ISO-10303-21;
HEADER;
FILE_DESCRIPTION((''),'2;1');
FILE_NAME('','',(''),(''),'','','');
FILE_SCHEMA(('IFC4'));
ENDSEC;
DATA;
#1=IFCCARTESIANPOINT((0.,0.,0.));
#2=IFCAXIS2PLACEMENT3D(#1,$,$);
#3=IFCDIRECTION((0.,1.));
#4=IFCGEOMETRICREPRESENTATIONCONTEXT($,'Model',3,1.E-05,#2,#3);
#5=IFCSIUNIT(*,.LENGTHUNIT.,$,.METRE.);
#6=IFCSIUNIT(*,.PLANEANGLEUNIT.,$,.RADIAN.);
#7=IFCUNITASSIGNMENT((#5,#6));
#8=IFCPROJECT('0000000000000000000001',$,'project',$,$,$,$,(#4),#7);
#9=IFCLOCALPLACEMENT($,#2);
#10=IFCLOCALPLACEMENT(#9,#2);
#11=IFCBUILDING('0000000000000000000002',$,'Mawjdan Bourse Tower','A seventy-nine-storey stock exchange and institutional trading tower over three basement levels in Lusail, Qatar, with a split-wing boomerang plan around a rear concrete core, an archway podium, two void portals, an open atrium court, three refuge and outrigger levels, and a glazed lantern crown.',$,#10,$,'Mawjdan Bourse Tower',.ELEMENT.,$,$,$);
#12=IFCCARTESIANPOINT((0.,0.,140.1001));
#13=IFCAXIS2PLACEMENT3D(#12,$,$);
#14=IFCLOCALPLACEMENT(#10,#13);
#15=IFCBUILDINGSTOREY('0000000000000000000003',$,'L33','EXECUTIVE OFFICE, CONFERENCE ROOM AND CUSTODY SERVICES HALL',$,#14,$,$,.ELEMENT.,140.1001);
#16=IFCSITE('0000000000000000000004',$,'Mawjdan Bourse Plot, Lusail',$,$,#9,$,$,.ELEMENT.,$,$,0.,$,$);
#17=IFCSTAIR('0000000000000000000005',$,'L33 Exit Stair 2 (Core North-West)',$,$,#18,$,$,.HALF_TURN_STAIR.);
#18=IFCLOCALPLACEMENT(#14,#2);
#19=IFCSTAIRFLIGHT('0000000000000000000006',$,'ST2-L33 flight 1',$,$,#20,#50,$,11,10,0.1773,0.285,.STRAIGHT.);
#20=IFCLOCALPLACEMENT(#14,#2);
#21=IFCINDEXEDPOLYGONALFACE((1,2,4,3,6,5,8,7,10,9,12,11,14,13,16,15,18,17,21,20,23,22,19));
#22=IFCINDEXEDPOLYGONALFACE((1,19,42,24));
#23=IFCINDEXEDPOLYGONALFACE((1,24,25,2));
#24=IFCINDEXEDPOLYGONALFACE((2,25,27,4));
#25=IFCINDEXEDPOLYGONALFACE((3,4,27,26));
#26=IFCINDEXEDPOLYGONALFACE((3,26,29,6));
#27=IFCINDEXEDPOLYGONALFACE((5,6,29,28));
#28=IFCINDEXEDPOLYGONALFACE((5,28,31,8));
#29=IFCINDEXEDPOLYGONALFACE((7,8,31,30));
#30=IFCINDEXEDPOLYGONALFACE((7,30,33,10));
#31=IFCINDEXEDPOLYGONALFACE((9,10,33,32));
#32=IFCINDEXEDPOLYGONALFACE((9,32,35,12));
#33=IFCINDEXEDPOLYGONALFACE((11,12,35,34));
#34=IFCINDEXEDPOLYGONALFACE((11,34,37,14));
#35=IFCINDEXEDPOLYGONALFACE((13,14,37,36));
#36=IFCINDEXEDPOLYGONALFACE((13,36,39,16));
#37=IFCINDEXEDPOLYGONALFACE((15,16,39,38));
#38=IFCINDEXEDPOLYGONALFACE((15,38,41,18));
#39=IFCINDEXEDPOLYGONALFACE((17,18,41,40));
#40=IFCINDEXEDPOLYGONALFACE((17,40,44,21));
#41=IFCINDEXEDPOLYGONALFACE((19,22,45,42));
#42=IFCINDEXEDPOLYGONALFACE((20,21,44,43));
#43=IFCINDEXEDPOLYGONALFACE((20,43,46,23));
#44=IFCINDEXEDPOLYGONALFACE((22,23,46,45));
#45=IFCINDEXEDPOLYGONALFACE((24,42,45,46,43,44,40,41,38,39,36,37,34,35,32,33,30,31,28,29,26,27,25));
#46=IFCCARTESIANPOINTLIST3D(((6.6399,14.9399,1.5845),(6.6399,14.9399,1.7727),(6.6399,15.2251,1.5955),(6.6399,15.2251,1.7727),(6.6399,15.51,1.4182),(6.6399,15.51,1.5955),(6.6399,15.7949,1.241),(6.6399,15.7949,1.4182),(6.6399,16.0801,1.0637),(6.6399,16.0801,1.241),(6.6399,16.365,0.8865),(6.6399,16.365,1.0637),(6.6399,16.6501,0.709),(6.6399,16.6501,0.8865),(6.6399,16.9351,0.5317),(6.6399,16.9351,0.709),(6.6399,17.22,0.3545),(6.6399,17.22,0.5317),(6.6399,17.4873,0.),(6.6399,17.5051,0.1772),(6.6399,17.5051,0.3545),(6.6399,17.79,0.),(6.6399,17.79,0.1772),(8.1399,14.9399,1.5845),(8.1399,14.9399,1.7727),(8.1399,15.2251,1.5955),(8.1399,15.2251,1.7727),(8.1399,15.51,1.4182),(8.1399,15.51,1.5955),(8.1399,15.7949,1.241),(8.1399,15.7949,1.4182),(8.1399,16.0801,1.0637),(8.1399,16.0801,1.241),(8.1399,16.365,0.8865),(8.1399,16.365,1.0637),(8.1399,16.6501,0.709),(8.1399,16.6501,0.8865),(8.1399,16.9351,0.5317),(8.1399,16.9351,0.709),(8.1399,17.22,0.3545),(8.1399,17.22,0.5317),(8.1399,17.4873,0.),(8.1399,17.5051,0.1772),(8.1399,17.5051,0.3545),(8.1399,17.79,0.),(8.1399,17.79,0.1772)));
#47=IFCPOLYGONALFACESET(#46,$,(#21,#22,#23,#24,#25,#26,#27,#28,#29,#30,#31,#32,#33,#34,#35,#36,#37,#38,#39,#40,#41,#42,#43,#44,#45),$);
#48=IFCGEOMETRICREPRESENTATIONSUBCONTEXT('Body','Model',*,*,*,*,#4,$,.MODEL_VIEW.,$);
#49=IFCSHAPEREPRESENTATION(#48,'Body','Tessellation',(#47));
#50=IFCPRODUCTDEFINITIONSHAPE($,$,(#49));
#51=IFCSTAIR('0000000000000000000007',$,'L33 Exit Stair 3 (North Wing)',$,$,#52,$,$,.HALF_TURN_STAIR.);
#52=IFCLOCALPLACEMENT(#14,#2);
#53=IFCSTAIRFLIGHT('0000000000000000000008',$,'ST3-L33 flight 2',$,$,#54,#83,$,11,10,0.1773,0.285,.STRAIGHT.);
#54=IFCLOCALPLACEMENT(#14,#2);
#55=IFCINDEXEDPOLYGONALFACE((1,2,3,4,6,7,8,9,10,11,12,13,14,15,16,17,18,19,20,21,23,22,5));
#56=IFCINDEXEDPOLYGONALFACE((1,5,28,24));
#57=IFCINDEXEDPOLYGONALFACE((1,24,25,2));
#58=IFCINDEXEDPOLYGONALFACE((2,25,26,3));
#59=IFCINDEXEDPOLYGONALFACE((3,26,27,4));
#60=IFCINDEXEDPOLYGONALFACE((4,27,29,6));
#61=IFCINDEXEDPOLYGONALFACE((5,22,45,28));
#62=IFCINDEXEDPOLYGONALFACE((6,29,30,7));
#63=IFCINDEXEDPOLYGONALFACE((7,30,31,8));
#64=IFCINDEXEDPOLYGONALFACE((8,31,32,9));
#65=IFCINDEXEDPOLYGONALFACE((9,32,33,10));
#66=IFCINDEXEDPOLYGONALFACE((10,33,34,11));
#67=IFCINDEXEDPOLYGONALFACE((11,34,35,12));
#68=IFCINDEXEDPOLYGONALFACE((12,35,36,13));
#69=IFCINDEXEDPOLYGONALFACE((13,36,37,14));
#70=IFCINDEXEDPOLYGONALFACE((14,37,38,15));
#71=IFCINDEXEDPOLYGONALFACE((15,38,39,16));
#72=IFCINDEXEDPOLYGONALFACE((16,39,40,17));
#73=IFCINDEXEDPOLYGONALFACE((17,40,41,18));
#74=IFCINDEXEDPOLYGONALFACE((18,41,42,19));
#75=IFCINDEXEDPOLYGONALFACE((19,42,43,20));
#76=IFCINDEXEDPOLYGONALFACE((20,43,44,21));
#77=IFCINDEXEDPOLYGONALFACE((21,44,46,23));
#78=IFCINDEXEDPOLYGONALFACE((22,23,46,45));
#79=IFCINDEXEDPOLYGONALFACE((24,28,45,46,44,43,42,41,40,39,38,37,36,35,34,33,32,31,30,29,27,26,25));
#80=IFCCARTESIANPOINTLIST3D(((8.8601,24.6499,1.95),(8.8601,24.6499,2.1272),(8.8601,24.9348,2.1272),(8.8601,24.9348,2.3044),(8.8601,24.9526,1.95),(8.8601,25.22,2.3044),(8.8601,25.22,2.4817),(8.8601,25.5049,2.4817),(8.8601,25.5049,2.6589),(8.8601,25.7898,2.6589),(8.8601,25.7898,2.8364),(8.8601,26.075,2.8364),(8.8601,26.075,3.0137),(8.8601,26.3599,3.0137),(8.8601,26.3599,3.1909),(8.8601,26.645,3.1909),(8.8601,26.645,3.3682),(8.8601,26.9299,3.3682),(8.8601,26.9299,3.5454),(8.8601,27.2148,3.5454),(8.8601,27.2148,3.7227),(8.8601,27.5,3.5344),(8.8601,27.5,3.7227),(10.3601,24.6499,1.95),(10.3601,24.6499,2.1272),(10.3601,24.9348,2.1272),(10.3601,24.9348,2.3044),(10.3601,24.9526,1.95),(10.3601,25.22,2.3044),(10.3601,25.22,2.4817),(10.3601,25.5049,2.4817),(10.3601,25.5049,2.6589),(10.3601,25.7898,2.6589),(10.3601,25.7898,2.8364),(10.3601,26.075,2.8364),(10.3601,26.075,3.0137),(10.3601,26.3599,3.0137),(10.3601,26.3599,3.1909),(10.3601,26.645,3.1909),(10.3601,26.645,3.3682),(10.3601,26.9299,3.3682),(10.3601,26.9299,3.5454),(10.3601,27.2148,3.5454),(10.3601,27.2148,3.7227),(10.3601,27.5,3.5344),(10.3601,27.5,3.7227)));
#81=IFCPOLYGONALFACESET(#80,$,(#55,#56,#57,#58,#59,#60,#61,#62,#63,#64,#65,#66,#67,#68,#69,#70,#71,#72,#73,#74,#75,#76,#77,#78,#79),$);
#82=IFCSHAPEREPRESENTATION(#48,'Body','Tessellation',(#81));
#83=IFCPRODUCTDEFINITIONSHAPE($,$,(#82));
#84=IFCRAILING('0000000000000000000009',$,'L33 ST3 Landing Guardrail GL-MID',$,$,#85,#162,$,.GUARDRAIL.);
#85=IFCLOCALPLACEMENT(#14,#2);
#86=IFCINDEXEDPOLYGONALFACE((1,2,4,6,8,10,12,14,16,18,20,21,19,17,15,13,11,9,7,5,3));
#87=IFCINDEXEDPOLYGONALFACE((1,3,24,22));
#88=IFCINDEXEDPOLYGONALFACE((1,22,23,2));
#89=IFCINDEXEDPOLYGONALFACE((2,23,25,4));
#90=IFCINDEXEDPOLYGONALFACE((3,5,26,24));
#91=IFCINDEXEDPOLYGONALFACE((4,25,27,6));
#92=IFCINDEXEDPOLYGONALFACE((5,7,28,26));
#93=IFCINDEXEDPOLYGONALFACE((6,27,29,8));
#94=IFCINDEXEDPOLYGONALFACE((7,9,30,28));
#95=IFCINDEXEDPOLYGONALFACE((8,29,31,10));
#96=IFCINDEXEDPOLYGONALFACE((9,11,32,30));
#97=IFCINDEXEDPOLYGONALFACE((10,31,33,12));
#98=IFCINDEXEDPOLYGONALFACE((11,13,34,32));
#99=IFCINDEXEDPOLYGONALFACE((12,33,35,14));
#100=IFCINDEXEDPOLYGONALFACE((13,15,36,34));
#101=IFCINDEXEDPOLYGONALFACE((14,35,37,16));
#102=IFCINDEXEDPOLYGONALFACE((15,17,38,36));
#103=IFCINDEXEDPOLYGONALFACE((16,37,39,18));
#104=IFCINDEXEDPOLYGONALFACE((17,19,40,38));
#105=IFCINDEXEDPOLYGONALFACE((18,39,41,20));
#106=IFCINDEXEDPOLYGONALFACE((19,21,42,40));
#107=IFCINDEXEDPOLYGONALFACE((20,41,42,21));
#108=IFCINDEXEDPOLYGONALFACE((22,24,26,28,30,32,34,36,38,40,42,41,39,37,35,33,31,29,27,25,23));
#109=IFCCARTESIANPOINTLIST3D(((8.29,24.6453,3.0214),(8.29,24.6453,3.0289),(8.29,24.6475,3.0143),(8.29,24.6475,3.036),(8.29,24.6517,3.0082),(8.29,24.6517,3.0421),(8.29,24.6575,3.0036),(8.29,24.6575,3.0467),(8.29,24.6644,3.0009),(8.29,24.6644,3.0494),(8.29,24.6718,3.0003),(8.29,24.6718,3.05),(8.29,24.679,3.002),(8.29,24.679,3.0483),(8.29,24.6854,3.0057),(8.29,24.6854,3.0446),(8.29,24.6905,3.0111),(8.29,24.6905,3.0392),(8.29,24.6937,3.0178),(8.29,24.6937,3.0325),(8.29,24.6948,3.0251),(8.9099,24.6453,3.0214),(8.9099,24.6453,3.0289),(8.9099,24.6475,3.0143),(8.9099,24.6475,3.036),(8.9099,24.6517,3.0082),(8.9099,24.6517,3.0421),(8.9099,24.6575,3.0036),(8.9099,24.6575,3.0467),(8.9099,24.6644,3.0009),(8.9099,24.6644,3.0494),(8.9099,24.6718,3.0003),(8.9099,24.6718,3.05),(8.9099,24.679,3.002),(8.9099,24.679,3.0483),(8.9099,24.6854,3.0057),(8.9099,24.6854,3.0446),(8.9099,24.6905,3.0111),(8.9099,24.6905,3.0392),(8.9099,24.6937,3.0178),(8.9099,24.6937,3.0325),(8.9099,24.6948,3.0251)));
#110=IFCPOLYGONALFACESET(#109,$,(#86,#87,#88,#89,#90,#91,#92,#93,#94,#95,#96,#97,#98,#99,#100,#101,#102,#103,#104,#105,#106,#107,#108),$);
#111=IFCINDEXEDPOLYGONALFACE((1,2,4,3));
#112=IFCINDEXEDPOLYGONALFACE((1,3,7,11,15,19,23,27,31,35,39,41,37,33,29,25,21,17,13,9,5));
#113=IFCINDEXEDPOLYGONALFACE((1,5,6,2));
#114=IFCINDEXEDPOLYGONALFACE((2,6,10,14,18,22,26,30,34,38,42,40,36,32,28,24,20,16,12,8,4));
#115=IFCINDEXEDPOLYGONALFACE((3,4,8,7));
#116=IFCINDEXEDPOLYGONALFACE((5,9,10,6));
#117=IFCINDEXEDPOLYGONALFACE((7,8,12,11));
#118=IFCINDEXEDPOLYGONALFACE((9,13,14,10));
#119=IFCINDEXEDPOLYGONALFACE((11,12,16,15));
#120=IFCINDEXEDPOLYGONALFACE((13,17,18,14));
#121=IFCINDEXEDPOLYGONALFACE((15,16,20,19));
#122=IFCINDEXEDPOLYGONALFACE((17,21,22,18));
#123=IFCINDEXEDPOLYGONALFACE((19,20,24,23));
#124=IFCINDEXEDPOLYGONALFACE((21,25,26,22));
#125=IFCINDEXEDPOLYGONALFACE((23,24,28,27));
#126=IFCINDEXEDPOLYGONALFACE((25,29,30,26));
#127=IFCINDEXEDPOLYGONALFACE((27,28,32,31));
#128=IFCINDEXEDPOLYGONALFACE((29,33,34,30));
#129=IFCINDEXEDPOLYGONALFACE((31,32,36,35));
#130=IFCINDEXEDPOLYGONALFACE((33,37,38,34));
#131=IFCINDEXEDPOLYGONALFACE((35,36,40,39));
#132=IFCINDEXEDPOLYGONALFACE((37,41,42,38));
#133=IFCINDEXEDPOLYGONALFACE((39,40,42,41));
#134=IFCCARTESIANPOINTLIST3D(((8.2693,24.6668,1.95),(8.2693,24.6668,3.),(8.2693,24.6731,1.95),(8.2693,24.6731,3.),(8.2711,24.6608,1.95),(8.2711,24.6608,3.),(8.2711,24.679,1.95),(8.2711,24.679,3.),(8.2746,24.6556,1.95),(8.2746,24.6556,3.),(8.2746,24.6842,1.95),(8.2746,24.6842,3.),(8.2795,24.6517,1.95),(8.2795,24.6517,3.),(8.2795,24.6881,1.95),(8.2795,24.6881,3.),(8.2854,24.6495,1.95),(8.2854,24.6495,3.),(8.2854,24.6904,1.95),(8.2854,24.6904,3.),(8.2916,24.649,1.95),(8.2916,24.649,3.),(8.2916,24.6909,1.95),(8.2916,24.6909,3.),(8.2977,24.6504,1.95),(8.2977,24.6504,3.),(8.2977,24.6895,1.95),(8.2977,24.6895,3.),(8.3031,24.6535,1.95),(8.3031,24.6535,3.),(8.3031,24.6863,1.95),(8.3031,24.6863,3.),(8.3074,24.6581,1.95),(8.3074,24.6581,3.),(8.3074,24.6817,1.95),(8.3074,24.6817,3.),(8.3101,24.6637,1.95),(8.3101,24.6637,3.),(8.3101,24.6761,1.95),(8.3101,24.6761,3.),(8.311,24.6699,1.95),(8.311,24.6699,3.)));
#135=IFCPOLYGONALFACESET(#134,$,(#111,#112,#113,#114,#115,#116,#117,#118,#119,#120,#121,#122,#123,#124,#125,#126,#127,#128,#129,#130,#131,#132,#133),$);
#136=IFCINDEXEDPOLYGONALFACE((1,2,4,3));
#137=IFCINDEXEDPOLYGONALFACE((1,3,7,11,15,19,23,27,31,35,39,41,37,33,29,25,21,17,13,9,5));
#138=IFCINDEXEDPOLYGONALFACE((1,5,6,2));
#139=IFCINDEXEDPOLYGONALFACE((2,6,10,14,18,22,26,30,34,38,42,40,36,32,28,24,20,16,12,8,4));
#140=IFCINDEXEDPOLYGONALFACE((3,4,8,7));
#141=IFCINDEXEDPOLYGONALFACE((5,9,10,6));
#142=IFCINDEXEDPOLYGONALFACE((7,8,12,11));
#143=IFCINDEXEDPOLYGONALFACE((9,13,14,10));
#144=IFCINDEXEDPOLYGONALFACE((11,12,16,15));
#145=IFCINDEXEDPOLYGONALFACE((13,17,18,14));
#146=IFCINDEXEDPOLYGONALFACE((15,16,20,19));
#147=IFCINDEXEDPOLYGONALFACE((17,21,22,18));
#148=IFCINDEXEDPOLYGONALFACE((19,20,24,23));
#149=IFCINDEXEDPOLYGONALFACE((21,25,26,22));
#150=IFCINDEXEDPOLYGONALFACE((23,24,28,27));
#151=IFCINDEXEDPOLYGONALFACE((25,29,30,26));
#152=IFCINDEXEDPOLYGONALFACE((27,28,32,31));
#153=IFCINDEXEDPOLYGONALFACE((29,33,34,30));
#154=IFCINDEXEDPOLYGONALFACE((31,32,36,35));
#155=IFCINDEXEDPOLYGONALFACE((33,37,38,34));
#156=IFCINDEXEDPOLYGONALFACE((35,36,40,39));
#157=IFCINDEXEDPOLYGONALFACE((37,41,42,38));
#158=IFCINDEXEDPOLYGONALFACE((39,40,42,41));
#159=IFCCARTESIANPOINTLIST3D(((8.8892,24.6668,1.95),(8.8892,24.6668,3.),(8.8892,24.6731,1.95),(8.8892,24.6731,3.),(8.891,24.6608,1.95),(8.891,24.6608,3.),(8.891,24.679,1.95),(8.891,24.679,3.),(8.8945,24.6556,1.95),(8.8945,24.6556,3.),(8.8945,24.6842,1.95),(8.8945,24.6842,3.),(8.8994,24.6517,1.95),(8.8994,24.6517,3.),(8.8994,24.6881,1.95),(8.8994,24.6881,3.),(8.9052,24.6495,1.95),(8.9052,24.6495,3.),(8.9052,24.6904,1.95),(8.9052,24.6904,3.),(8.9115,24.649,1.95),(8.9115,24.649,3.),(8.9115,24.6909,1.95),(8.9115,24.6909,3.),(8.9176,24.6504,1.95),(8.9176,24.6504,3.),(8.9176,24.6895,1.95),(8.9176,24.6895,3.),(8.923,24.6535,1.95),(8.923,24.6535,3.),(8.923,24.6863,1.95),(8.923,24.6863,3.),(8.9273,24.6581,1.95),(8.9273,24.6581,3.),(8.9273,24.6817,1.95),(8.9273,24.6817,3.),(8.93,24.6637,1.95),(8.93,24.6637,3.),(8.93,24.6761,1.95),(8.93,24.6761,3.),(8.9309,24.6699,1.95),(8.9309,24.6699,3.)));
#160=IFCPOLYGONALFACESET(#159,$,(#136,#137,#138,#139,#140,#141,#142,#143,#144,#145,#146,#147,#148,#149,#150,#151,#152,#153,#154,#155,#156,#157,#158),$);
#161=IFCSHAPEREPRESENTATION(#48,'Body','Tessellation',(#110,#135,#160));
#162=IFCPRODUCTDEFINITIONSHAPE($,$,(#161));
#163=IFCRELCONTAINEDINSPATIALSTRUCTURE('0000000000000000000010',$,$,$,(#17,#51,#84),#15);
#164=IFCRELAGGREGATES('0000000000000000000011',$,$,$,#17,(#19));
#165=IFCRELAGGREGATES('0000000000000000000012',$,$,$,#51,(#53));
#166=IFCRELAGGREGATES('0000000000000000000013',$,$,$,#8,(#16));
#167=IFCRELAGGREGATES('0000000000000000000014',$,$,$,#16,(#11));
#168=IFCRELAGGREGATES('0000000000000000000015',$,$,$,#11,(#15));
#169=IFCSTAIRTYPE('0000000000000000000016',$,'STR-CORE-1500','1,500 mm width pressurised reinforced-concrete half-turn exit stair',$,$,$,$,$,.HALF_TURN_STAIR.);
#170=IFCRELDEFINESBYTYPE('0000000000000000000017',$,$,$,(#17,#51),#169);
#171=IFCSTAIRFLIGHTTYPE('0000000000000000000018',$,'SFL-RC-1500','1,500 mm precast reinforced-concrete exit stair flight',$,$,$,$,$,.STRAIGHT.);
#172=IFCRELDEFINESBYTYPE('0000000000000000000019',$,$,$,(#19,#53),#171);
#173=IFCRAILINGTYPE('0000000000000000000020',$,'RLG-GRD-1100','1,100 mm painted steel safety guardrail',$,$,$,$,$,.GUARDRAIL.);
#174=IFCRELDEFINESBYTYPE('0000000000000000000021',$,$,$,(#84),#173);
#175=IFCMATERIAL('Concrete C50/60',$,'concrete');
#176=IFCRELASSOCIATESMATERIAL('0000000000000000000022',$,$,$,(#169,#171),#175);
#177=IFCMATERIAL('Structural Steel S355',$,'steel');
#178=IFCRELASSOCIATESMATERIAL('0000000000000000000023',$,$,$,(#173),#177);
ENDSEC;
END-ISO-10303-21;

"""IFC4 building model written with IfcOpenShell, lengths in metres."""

from ifc_helpers import new_model, si_unit, direction, frame, origin, origin_2d, place, context, subcontext, project, spatial, polyline, circle, outline, extrude, material, type_object, element, aggregate, save


model = new_model("IFC4")

# Units and contexts
model_context = context("Model", 3, precision=1e-05, world=origin(), true_north=direction((0.0, 1.0)))
body_context = subcontext(model_context, "Body", "Model", "MODEL_VIEW")
ifc_project = project(units=[si_unit("LENGTHUNIT", "METRE"), si_unit("PLANEANGLEUNIT", "RADIAN")], contexts=[model_context])

# Site, building, storey
site_placement = place(None, origin())
site = spatial("IfcSite", under=ifc_project, at=site_placement, Name="Mawjdan Bourse Plot, Lusail", CompositionType="ELEMENT", RefElevation=0.0)
building_placement = place(site_placement, origin())
building = spatial("IfcBuilding", under=site, at=building_placement, Name="Mawjdan Bourse Tower", Description="A seventy-nine-storey stock exchange and institutional trading tower over three basement levels in Lusail, Qatar, with a split-wing boomerang plan around a rear concrete core, an archway podium, two void portals, an open atrium court, three refuge and outrigger levels, and a glazed lantern crown.", LongName="Mawjdan Bourse Tower", CompositionType="ELEMENT")
storey_placement = place(building_placement, frame((0.0, 0.0, 140.1001)))
storey = spatial("IfcBuildingStorey", under=building, at=storey_placement, Name="L33", Description="EXECUTIVE OFFICE, CONFERENCE ROOM AND CUSTODY SERVICES HALL", CompositionType="ELEMENT", Elevation=140.1001)

# Shared definitions
ifc_material_1 = material(Name="Structural Steel S355", Category="steel")

# Shared definitions
ifc_material_2 = material(Name="Concrete C50/60", Category="concrete")

# Stairs, stair flights
stair_type = type_object("IfcStairType", Name="STR-CORE-1500", Description="1,500 mm width pressurised reinforced-concrete half-turn exit stair", PredefinedType="HALF_TURN_STAIR", material=ifc_material_2)
stair_1_placement = place(storey_placement, origin())
stair_1 = element("IfcStair", 1, at=stair_1_placement, inside=storey, type_object=stair_type, Name="L33 Exit Stair 2 (Core North-West)", PredefinedType="HALF_TURN_STAIR")
stair_flight_type = type_object("IfcStairFlightType", Name="SFL-RC-1500", Description="1,500 mm precast reinforced-concrete exit stair flight", PredefinedType="STRAIGHT", material=ifc_material_2)
stair_flight_1_placement = place(storey_placement, frame((7.3899, 17.79, 0.0), z_axis=(0.0, 0.0, 1.0), x_axis=(0.0, -1.0, 0.0)))
stair_flight_1 = element("IfcStairFlight", 2, at=stair_flight_1_placement, type_object=stair_flight_type, Name="ST2-L33 flight 1", NumberOfRisers=11, NumberOfTreads=10, PredefinedType="STRAIGHT", RiserHeight=0.1773, TreadLength=0.285, context=body_context, shape_type="SweptSolid", body=[
    extrude(outline(polyline([(0.0, 0.0), (0.0, 0.1772), (0.2849, 0.1772), (0.2849, 0.3545), (0.5701, 0.3545), (0.5701, 0.5317), (0.855, 0.5317), (0.855, 0.709), (1.1399, 0.709), (1.1399, 0.8865), (1.425, 0.8865), (1.425, 1.0637), (1.71, 1.0637), (1.71, 1.241), (1.9951, 1.241), (1.9951, 1.4182), (2.28, 1.4182), (2.28, 1.5955), (2.5649, 1.5955), (2.5649, 1.7727), (2.8501, 1.7727), (2.8501, 1.95), (2.8501, 1.5845), (0.3027, 0.0), (0.0, 0.0)])), frame((0.0, 0.75, 0.0), z_axis=(0.0, -1.0, 0.0), x_axis=(1.0, 0.0, 0.0)), (0.0, 0.0, 1.0), 1.5),
])
aggregate(stair_1, [stair_flight_1])
stair_2_placement = place(storey_placement, origin())
stair_2 = element("IfcStair", 3, at=stair_2_placement, inside=storey, type_object=stair_type, Name="L33 Exit Stair 3 (North Wing)", PredefinedType="HALF_TURN_STAIR")
stair_flight_2_placement = place(storey_placement, frame((9.6101, 24.6499, 1.95), z_axis=(0.0, 0.0, 1.0), x_axis=(0.0, 1.0, 0.0)))
stair_flight_2 = element("IfcStairFlight", 4, at=stair_flight_2_placement, type_object=stair_flight_type, Name="ST3-L33 flight 2", NumberOfRisers=11, NumberOfTreads=10, PredefinedType="STRAIGHT", RiserHeight=0.1773, TreadLength=0.285, context=body_context, shape_type="SweptSolid", body=[
    extrude(outline(polyline([(0.0, 0.0), (0.0, 0.1772), (0.2849, 0.1772), (0.2849, 0.3545), (0.5701, 0.3545), (0.5701, 0.5317), (0.855, 0.5317), (0.855, 0.709), (1.1399, 0.709), (1.1399, 0.8865), (1.425, 0.8865), (1.425, 1.0637), (1.71, 1.0637), (1.71, 1.241), (1.9951, 1.241), (1.9951, 1.4182), (2.28, 1.4182), (2.28, 1.5955), (2.5649, 1.5955), (2.5649, 1.7727), (2.8501, 1.7727), (2.8501, 1.95), (2.8501, 1.5845), (0.3027, 0.0), (0.0, 0.0)])), frame((0.0, 0.75, 0.0), z_axis=(0.0, -1.0, 0.0), x_axis=(1.0, 0.0, 0.0)), (0.0, 0.0, 1.0), 1.5),
])
aggregate(stair_2, [stair_flight_2])

# Railing
railing_type_1 = type_object("IfcRailingType", Name="RLG-GRD-1100", Description="1,100 mm painted steel safety guardrail", PredefinedType="GUARDRAIL", material=ifc_material_1)
for number, where, name in (
    (5, (8.29, 24.6699, 1.95), "L33 ST3 Landing Guardrail GL-MID"),
):
    element("IfcRailing", number, at=place(storey_placement, frame(where)), inside=storey, type_object=railing_type_1, Name=name, PredefinedType="GUARDRAIL", context=body_context, shape_type="SweptSolid", body=[
        extrude(circle(Radius=0.0249, at=origin_2d()), frame((0.0, 0.0, 1.0752), z_axis=(1.0, 0.0, 0.0), x_axis=(0.0, 1.0, 0.0)), (0.0, 0.0, 1.0), 0.6199),
        extrude(circle(Radius=0.021, at=origin_2d()), origin(), (0.0, 0.0, 1.0), 1.05),
        extrude(circle(Radius=0.021, at=origin_2d()), frame((0.6199, 0.0, 0.0)), (0.0, 0.0, 1.0), 1.05),
    ])

save(model, "model.ifc")
